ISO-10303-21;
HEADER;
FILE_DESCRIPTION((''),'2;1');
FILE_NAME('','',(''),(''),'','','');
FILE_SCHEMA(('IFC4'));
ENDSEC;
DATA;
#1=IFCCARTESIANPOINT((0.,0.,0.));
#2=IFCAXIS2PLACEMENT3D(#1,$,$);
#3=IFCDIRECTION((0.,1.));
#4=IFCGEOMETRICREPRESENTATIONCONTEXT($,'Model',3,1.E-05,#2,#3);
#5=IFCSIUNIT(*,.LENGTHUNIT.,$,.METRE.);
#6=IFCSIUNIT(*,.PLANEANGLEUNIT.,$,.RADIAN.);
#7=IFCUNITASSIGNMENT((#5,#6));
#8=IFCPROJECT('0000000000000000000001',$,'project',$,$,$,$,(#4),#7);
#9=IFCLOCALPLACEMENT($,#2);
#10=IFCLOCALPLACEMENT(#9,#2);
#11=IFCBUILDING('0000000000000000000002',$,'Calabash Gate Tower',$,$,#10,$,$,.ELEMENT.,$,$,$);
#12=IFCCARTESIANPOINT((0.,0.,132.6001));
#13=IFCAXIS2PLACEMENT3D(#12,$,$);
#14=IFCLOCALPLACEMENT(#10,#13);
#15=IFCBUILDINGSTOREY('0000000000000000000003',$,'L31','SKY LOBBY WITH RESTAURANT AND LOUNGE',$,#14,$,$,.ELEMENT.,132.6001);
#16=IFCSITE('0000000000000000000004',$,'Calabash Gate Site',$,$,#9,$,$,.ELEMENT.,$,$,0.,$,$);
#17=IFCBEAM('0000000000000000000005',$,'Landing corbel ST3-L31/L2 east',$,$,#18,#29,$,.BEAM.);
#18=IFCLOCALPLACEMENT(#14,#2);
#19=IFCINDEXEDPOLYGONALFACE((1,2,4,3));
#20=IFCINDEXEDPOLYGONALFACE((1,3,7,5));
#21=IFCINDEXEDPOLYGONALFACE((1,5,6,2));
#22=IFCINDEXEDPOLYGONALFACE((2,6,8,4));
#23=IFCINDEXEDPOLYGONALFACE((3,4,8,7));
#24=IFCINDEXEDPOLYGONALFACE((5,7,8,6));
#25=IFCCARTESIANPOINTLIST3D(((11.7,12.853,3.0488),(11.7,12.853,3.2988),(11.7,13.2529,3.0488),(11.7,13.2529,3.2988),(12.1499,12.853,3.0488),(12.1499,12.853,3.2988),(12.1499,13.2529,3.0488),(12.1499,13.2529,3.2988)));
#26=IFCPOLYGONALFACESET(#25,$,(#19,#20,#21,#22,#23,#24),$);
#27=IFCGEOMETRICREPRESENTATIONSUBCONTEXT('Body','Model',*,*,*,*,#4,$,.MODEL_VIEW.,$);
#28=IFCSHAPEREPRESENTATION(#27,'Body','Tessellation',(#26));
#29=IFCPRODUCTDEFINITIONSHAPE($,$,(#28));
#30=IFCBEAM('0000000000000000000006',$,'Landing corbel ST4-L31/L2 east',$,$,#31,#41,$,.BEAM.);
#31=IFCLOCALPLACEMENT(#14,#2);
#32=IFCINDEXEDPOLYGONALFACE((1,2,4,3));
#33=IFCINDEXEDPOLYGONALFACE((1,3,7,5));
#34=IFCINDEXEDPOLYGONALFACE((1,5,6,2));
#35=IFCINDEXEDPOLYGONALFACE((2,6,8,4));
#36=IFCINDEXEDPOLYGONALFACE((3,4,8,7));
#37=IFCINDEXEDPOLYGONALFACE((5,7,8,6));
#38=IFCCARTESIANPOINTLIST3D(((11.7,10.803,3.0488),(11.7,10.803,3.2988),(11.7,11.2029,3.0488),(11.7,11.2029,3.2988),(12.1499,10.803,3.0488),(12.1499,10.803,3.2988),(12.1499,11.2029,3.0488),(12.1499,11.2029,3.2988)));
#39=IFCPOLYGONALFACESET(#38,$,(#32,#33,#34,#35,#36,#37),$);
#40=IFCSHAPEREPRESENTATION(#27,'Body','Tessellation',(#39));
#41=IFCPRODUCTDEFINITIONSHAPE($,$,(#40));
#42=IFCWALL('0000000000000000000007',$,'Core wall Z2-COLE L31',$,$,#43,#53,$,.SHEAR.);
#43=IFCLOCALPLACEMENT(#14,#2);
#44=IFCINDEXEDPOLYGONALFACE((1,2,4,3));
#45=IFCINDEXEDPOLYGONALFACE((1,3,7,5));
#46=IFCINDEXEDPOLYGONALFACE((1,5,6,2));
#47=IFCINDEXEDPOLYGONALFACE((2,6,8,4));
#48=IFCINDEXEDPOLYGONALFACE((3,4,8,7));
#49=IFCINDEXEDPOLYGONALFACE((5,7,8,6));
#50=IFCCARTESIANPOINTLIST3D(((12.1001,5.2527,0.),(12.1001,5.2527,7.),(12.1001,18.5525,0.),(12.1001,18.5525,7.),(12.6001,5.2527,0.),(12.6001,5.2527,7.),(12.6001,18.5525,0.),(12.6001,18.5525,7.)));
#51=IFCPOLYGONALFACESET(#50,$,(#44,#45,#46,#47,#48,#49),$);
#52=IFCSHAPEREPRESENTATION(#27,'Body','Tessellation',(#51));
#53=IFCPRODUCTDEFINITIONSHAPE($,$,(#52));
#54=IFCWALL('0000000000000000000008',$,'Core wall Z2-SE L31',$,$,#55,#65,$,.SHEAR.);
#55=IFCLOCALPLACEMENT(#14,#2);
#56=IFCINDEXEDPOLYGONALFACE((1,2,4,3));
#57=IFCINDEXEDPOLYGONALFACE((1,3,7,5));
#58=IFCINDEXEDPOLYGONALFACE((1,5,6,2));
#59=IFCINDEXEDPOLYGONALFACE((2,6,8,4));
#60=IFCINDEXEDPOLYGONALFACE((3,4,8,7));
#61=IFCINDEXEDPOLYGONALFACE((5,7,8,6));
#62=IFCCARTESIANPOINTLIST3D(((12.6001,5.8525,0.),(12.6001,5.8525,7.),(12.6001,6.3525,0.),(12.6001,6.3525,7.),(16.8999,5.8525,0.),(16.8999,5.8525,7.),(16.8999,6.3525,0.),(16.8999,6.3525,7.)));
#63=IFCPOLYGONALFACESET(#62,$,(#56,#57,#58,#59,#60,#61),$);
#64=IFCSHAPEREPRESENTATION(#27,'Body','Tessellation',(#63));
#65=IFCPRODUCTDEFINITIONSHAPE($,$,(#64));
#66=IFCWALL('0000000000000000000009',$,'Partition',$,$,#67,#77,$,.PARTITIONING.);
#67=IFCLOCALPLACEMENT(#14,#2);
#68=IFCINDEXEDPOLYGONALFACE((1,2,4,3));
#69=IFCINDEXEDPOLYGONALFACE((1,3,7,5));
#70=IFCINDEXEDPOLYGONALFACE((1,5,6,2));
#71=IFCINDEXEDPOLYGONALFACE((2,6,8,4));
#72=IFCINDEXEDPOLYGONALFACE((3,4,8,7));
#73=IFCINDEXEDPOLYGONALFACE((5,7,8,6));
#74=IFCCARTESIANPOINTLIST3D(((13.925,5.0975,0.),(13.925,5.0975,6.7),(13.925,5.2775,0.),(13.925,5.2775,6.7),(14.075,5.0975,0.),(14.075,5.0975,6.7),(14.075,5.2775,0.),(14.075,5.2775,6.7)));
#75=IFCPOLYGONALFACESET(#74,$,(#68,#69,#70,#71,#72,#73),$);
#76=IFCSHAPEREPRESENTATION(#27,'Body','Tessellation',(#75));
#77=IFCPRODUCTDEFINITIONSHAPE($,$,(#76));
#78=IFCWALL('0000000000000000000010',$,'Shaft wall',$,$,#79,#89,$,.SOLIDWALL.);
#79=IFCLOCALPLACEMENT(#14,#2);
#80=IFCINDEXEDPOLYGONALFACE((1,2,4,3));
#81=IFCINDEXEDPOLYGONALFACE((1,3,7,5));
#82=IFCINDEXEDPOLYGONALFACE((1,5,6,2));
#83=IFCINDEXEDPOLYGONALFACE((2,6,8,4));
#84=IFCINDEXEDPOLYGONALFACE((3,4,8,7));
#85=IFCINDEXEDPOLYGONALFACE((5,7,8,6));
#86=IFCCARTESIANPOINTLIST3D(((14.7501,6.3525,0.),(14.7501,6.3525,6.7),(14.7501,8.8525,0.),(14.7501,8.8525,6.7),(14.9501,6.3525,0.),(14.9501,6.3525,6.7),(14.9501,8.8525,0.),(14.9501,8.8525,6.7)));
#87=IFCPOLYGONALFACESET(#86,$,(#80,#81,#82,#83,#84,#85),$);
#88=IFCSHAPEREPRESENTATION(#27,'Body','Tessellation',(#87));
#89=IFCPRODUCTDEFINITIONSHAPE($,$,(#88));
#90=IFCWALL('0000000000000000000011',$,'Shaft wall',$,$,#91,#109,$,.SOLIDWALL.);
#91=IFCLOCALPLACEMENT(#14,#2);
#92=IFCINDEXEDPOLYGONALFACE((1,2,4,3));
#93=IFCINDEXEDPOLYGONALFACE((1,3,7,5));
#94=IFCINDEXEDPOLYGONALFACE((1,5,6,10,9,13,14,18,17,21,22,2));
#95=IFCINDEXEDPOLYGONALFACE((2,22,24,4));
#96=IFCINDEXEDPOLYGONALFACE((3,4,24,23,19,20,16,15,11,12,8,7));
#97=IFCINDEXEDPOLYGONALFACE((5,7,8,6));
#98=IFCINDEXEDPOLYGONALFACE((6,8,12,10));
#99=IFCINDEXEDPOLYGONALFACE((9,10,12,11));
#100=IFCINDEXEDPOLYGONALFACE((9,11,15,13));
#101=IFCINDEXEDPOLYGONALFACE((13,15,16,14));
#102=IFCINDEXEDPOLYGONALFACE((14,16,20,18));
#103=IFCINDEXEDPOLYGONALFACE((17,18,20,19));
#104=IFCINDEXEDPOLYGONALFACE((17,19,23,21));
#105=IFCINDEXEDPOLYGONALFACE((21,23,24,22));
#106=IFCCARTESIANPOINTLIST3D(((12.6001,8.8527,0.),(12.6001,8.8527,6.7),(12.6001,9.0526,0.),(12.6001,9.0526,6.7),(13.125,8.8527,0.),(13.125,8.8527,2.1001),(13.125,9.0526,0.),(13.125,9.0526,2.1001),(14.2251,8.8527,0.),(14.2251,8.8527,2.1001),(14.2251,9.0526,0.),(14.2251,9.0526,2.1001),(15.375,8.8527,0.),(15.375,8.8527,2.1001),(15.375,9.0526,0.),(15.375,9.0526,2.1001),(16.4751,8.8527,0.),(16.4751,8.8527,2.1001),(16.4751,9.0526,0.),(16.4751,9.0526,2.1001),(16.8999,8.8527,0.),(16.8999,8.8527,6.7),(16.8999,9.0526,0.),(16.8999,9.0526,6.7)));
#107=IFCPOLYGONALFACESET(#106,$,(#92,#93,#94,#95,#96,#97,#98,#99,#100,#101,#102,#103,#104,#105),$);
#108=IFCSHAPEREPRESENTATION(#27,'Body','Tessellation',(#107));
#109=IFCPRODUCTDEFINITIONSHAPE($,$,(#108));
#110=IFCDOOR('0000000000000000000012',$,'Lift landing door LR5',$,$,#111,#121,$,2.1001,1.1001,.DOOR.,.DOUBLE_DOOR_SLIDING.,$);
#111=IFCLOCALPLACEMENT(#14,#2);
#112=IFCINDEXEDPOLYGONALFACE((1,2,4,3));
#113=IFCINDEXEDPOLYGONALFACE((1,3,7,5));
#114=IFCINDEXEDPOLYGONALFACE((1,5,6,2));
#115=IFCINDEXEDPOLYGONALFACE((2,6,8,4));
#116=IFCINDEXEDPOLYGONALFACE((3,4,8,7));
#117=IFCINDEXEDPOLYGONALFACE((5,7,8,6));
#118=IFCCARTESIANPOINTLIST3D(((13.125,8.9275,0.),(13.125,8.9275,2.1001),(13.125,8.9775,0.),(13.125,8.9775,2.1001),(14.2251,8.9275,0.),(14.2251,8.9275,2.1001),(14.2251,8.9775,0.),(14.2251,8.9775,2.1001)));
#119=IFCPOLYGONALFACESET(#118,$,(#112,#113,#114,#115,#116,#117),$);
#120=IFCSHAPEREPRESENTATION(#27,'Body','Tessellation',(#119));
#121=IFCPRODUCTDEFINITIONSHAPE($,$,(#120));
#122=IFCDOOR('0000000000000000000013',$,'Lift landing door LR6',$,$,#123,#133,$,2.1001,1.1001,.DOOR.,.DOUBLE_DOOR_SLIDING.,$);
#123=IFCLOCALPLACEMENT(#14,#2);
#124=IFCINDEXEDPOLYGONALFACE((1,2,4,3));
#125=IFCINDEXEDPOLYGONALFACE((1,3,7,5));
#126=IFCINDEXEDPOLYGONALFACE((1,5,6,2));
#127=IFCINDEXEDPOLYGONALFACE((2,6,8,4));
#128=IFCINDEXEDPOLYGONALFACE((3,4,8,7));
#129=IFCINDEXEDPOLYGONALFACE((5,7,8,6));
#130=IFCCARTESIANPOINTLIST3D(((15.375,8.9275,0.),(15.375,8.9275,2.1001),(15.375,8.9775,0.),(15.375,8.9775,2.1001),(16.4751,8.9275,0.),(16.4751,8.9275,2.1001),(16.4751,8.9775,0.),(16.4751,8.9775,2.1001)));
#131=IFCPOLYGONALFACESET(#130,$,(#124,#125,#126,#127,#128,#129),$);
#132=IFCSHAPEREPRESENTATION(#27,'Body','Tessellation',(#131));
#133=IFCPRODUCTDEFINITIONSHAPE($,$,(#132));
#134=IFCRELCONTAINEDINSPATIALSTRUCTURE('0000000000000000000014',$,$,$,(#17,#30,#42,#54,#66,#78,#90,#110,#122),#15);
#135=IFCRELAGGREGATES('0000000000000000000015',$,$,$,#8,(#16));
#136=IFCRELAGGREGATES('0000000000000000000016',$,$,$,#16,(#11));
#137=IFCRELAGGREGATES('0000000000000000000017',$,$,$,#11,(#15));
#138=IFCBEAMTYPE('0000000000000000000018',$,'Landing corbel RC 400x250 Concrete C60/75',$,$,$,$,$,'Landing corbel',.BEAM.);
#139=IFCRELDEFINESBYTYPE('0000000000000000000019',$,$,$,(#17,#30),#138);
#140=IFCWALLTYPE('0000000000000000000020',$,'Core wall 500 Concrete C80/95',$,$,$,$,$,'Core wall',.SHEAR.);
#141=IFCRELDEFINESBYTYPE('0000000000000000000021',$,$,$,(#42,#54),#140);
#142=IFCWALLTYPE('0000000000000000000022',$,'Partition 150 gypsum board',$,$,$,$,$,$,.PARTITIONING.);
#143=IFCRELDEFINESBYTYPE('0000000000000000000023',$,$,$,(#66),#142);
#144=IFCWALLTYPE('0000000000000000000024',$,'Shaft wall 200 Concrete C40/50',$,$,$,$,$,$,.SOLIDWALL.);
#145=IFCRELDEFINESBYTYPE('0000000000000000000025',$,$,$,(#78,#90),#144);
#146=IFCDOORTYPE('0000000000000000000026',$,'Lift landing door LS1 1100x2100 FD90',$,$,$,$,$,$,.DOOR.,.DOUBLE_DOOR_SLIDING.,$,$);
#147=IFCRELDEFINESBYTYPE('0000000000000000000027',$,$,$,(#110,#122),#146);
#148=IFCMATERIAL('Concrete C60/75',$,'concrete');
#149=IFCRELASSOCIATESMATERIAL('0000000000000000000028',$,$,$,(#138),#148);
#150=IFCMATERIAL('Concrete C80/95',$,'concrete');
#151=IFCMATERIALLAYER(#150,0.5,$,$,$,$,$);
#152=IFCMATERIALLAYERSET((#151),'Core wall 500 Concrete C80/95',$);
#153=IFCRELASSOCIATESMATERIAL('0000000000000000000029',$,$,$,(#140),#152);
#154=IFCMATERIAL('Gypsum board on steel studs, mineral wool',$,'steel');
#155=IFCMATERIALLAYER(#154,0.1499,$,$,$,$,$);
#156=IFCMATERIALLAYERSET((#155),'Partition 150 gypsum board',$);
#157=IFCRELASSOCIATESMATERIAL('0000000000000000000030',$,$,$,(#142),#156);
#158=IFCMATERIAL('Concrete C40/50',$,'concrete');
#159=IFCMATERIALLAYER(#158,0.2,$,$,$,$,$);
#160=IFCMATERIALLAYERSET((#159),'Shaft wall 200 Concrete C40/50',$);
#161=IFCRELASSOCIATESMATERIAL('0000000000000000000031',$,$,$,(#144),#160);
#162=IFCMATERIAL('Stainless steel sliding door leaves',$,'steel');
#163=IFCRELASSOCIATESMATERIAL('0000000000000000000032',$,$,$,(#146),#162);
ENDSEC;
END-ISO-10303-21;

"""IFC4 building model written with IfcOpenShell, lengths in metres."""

from ifc_helpers import new_model, si_unit, direction, frame, frame_2d, origin, origin_2d, place, context, subcontext, project, spatial, rectangle, extrude, material, layer, layer_set, material_profile, profile_set, type_object, element, fill, save


model = new_model("IFC4")

# Units and contexts
model_context = context("Model", 3, precision=1e-05, world=origin(), true_north=direction((0.0, 1.0)))
body_context = subcontext(model_context, "Body", "Model", "MODEL_VIEW")
ifc_project = project(units=[si_unit("LENGTHUNIT", "METRE"), si_unit("PLANEANGLEUNIT", "RADIAN")], contexts=[model_context])

# Site, building, storey
site_placement = place(None, origin())
site = spatial("IfcSite", under=ifc_project, at=site_placement, Name="Calabash Gate Site", CompositionType="ELEMENT", RefElevation=0.0)
building_placement = place(site_placement, origin())
building = spatial("IfcBuilding", under=site, at=building_placement, Name="Calabash Gate Tower", CompositionType="ELEMENT")
storey_placement = place(building_placement, frame((0.0, 0.0, 132.6001)))
storey = spatial("IfcBuildingStorey", under=building, at=storey_placement, Name="L31", Description="SKY LOBBY WITH RESTAURANT AND LOUNGE", CompositionType="ELEMENT", Elevation=132.6001)

# Beams
ifc_material_1 = material(Name="Concrete C60/75", Category="concrete")
ifc_material_profile = material_profile(ifc_material_1, rectangle(XDim=0.3999, YDim=0.25, at=origin_2d()))
ifc_profile_set = profile_set([ifc_material_profile], Name="Concrete C60/75")
beam_type = type_object("IfcBeamType", Name="Landing corbel RC 400x250 Concrete C60/75", ElementType="Landing corbel", PredefinedType="BEAM", material=ifc_profile_set)
for number, where, z_axis, x_axis, name in (
    (1, (12.1499, 13.053, 3.1738), (-1.0, 0.0, 0.0), (0.0, -1.0, 0.0), "Landing corbel ST3-L31/L2 east"),
    (2, (12.1499, 11.0029, 3.1738), (-1.0, 0.0, 0.0), (0.0, -1.0, 0.0), "Landing corbel ST4-L31/L2 east"),
):
    element("IfcBeam", number, at=place(storey_placement, frame(where, z_axis=z_axis, x_axis=x_axis)), inside=storey, type_object=beam_type, Name=name, PredefinedType="BEAM", context=body_context, shape_type="SweptSolid", body=[
        extrude(rectangle(XDim=0.3999, YDim=0.25, at=origin_2d()), origin(), (0.0, 0.0, 1.0), 0.45),
    ])

# Walls
ifc_material_2 = material(Name="Concrete C80/95", Category="concrete")
ifc_layer_1 = layer(ifc_material_2, 0.5)
ifc_layer_set_1 = layer_set([ifc_layer_1], Name="Core wall 500 Concrete C80/95")
wall_type_1 = type_object("IfcWallType", Name="Core wall 500 Concrete C80/95", ElementType="Core wall", PredefinedType="SHEAR", material=ifc_layer_set_1)
wall_1_placement = place(storey_placement, frame((12.3501, 5.2527, 0.0), z_axis=(0.0, 0.0, 1.0), x_axis=(0.0, 1.0, 0.0)))
element("IfcWall", 3, at=wall_1_placement, inside=storey, type_object=wall_type_1, Name="Core wall Z2-COLE L31", PredefinedType="SHEAR", context=body_context, shape_type="SweptSolid", body=[
    extrude(rectangle(XDim=13.2998, YDim=0.5, at=frame_2d((6.6499, 0.0))), origin(), (0.0, 0.0, 1.0), 7.0),
])
wall_2_placement = place(storey_placement, frame((12.6001, 6.1025, 0.0), z_axis=(0.0, 0.0, 1.0), x_axis=(1.0, 0.0, 0.0)))
element("IfcWall", 4, at=wall_2_placement, inside=storey, type_object=wall_type_1, Name="Core wall Z2-SE L31", PredefinedType="SHEAR", context=body_context, shape_type="SweptSolid", body=[
    extrude(rectangle(XDim=4.2998, YDim=0.5, at=frame_2d((2.1499, 0.0))), origin(), (0.0, 0.0, 1.0), 7.0),
])
ifc_material_3 = material(Name="Gypsum board on steel studs, mineral wool", Category="steel")
ifc_layer_2 = layer(ifc_material_3, 0.1499)
ifc_layer_set_2 = layer_set([ifc_layer_2], Name="Partition 150 gypsum board")
wall_type_2 = type_object("IfcWallType", Name="Partition 150 gypsum board", PredefinedType="PARTITIONING", material=ifc_layer_set_2)
wall_3_placement = place(storey_placement, frame((14.0, 5.0977, 0.0), z_axis=(0.0, 0.0, 1.0), x_axis=(0.0, 1.0, 0.0)))
element("IfcWall", 5, at=wall_3_placement, inside=storey, type_object=wall_type_2, Name="Partition", PredefinedType="PARTITIONING", context=body_context, shape_type="SweptSolid", body=[
    extrude(rectangle(XDim=0.1799, YDim=0.1499, at=frame_2d((0.0898, 0.0))), origin(), (0.0, 0.0, 1.0), 6.7),
])
ifc_material_4 = material(Name="Concrete C40/50", Category="concrete")
ifc_layer_3 = layer(ifc_material_4, 0.2)
ifc_layer_set_3 = layer_set([ifc_layer_3], Name="Shaft wall 200 Concrete C40/50")
wall_type_3 = type_object("IfcWallType", Name="Shaft wall 200 Concrete C40/50", PredefinedType="SOLIDWALL", material=ifc_layer_set_3)
wall_4_placement = place(storey_placement, frame((14.8501, 6.3525, 0.0), z_axis=(0.0, 0.0, 1.0), x_axis=(0.0, 1.0, 0.0)))
element("IfcWall", 6, at=wall_4_placement, inside=storey, type_object=wall_type_3, Name="Shaft wall", PredefinedType="SOLIDWALL", context=body_context, shape_type="SweptSolid", body=[
    extrude(rectangle(XDim=2.5, YDim=0.2, at=frame_2d((1.25, 0.0))), origin(), (0.0, 0.0, 1.0), 6.7),
])

# Wall, openings, doors
wall_5_placement = place(storey_placement, frame((12.6001, 8.9526, 0.0), z_axis=(0.0, 0.0, 1.0), x_axis=(1.0, 0.0, 0.0)))
wall_5 = element("IfcWall", 7, at=wall_5_placement, inside=storey, type_object=wall_type_3, Name="Shaft wall", PredefinedType="SOLIDWALL", context=body_context, shape_type="SweptSolid", body=[
    extrude(rectangle(XDim=4.2998, YDim=0.2, at=frame_2d((2.1499, 0.0))), origin(), (0.0, 0.0, 1.0), 6.7),
])
opening_1_placement = place(wall_5_placement, frame((0.5249, 0.0, 0.0)))
opening_1 = element("IfcOpeningElement", 8, at=opening_1_placement, cuts=wall_5, PredefinedType="OPENING", context=body_context, shape_type="SweptSolid", body=[
    extrude(rectangle(XDim=1.1001, YDim=2.1001, at=frame_2d((0.55, 1.05))), frame((0.0, 0.1099, 0.0), z_axis=(0.0, -1.0, 0.0), x_axis=(1.0, 0.0, 0.0)), (0.0, 0.0, 1.0), 0.22),
])
opening_2_placement = place(wall_5_placement, frame((2.7749, 0.0, 0.0)))
opening_2 = element("IfcOpeningElement", 9, at=opening_2_placement, cuts=wall_5, PredefinedType="OPENING", context=body_context, shape_type="SweptSolid", body=[
    extrude(rectangle(XDim=1.1001, YDim=2.1001, at=frame_2d((0.55, 1.05))), frame((0.0, 0.1099, 0.0), z_axis=(0.0, -1.0, 0.0), x_axis=(1.0, 0.0, 0.0)), (0.0, 0.0, 1.0), 0.22),
])
ifc_material_5 = material(Name="Stainless steel sliding door leaves", Category="steel")
door_type_1 = type_object("IfcDoorType", Name="Lift landing door LS1 1100x2100 FD90", OperationType="DOUBLE_DOOR_SLIDING", PredefinedType="DOOR", material=ifc_material_5)
door_1_placement = place(opening_1_placement, origin())
door_1 = element("IfcDoor", 10, at=door_1_placement, inside=storey, type_object=door_type_1, Name="Lift landing door LR5", OperationType="DOUBLE_DOOR_SLIDING", OverallHeight=2.1001, OverallWidth=1.1001, PredefinedType="DOOR", context=body_context, shape_type="SweptSolid", body=[
    extrude(rectangle(XDim=1.1001, YDim=2.1001, at=frame_2d((0.55, 1.05))), frame((0.0, 0.0249, 0.0), z_axis=(0.0, -1.0, 0.0), x_axis=(1.0, 0.0, 0.0)), (0.0, 0.0, 1.0), 0.05),
])
fill(opening_1, door_1)
door_2_placement = place(opening_2_placement, origin())
door_2 = element("IfcDoor", 11, at=door_2_placement, inside=storey, type_object=door_type_1, Name="Lift landing door LR6", OperationType="DOUBLE_DOOR_SLIDING", OverallHeight=2.1001, OverallWidth=1.1001, PredefinedType="DOOR", context=body_context, shape_type="SweptSolid", body=[
    extrude(rectangle(XDim=1.1001, YDim=2.1001, at=frame_2d((0.55, 1.05))), frame((0.0, 0.0249, 0.0), z_axis=(0.0, -1.0, 0.0), x_axis=(1.0, 0.0, 0.0)), (0.0, 0.0, 1.0), 0.05),
])
fill(opening_2, door_2)

save(model, "model.ifc")
